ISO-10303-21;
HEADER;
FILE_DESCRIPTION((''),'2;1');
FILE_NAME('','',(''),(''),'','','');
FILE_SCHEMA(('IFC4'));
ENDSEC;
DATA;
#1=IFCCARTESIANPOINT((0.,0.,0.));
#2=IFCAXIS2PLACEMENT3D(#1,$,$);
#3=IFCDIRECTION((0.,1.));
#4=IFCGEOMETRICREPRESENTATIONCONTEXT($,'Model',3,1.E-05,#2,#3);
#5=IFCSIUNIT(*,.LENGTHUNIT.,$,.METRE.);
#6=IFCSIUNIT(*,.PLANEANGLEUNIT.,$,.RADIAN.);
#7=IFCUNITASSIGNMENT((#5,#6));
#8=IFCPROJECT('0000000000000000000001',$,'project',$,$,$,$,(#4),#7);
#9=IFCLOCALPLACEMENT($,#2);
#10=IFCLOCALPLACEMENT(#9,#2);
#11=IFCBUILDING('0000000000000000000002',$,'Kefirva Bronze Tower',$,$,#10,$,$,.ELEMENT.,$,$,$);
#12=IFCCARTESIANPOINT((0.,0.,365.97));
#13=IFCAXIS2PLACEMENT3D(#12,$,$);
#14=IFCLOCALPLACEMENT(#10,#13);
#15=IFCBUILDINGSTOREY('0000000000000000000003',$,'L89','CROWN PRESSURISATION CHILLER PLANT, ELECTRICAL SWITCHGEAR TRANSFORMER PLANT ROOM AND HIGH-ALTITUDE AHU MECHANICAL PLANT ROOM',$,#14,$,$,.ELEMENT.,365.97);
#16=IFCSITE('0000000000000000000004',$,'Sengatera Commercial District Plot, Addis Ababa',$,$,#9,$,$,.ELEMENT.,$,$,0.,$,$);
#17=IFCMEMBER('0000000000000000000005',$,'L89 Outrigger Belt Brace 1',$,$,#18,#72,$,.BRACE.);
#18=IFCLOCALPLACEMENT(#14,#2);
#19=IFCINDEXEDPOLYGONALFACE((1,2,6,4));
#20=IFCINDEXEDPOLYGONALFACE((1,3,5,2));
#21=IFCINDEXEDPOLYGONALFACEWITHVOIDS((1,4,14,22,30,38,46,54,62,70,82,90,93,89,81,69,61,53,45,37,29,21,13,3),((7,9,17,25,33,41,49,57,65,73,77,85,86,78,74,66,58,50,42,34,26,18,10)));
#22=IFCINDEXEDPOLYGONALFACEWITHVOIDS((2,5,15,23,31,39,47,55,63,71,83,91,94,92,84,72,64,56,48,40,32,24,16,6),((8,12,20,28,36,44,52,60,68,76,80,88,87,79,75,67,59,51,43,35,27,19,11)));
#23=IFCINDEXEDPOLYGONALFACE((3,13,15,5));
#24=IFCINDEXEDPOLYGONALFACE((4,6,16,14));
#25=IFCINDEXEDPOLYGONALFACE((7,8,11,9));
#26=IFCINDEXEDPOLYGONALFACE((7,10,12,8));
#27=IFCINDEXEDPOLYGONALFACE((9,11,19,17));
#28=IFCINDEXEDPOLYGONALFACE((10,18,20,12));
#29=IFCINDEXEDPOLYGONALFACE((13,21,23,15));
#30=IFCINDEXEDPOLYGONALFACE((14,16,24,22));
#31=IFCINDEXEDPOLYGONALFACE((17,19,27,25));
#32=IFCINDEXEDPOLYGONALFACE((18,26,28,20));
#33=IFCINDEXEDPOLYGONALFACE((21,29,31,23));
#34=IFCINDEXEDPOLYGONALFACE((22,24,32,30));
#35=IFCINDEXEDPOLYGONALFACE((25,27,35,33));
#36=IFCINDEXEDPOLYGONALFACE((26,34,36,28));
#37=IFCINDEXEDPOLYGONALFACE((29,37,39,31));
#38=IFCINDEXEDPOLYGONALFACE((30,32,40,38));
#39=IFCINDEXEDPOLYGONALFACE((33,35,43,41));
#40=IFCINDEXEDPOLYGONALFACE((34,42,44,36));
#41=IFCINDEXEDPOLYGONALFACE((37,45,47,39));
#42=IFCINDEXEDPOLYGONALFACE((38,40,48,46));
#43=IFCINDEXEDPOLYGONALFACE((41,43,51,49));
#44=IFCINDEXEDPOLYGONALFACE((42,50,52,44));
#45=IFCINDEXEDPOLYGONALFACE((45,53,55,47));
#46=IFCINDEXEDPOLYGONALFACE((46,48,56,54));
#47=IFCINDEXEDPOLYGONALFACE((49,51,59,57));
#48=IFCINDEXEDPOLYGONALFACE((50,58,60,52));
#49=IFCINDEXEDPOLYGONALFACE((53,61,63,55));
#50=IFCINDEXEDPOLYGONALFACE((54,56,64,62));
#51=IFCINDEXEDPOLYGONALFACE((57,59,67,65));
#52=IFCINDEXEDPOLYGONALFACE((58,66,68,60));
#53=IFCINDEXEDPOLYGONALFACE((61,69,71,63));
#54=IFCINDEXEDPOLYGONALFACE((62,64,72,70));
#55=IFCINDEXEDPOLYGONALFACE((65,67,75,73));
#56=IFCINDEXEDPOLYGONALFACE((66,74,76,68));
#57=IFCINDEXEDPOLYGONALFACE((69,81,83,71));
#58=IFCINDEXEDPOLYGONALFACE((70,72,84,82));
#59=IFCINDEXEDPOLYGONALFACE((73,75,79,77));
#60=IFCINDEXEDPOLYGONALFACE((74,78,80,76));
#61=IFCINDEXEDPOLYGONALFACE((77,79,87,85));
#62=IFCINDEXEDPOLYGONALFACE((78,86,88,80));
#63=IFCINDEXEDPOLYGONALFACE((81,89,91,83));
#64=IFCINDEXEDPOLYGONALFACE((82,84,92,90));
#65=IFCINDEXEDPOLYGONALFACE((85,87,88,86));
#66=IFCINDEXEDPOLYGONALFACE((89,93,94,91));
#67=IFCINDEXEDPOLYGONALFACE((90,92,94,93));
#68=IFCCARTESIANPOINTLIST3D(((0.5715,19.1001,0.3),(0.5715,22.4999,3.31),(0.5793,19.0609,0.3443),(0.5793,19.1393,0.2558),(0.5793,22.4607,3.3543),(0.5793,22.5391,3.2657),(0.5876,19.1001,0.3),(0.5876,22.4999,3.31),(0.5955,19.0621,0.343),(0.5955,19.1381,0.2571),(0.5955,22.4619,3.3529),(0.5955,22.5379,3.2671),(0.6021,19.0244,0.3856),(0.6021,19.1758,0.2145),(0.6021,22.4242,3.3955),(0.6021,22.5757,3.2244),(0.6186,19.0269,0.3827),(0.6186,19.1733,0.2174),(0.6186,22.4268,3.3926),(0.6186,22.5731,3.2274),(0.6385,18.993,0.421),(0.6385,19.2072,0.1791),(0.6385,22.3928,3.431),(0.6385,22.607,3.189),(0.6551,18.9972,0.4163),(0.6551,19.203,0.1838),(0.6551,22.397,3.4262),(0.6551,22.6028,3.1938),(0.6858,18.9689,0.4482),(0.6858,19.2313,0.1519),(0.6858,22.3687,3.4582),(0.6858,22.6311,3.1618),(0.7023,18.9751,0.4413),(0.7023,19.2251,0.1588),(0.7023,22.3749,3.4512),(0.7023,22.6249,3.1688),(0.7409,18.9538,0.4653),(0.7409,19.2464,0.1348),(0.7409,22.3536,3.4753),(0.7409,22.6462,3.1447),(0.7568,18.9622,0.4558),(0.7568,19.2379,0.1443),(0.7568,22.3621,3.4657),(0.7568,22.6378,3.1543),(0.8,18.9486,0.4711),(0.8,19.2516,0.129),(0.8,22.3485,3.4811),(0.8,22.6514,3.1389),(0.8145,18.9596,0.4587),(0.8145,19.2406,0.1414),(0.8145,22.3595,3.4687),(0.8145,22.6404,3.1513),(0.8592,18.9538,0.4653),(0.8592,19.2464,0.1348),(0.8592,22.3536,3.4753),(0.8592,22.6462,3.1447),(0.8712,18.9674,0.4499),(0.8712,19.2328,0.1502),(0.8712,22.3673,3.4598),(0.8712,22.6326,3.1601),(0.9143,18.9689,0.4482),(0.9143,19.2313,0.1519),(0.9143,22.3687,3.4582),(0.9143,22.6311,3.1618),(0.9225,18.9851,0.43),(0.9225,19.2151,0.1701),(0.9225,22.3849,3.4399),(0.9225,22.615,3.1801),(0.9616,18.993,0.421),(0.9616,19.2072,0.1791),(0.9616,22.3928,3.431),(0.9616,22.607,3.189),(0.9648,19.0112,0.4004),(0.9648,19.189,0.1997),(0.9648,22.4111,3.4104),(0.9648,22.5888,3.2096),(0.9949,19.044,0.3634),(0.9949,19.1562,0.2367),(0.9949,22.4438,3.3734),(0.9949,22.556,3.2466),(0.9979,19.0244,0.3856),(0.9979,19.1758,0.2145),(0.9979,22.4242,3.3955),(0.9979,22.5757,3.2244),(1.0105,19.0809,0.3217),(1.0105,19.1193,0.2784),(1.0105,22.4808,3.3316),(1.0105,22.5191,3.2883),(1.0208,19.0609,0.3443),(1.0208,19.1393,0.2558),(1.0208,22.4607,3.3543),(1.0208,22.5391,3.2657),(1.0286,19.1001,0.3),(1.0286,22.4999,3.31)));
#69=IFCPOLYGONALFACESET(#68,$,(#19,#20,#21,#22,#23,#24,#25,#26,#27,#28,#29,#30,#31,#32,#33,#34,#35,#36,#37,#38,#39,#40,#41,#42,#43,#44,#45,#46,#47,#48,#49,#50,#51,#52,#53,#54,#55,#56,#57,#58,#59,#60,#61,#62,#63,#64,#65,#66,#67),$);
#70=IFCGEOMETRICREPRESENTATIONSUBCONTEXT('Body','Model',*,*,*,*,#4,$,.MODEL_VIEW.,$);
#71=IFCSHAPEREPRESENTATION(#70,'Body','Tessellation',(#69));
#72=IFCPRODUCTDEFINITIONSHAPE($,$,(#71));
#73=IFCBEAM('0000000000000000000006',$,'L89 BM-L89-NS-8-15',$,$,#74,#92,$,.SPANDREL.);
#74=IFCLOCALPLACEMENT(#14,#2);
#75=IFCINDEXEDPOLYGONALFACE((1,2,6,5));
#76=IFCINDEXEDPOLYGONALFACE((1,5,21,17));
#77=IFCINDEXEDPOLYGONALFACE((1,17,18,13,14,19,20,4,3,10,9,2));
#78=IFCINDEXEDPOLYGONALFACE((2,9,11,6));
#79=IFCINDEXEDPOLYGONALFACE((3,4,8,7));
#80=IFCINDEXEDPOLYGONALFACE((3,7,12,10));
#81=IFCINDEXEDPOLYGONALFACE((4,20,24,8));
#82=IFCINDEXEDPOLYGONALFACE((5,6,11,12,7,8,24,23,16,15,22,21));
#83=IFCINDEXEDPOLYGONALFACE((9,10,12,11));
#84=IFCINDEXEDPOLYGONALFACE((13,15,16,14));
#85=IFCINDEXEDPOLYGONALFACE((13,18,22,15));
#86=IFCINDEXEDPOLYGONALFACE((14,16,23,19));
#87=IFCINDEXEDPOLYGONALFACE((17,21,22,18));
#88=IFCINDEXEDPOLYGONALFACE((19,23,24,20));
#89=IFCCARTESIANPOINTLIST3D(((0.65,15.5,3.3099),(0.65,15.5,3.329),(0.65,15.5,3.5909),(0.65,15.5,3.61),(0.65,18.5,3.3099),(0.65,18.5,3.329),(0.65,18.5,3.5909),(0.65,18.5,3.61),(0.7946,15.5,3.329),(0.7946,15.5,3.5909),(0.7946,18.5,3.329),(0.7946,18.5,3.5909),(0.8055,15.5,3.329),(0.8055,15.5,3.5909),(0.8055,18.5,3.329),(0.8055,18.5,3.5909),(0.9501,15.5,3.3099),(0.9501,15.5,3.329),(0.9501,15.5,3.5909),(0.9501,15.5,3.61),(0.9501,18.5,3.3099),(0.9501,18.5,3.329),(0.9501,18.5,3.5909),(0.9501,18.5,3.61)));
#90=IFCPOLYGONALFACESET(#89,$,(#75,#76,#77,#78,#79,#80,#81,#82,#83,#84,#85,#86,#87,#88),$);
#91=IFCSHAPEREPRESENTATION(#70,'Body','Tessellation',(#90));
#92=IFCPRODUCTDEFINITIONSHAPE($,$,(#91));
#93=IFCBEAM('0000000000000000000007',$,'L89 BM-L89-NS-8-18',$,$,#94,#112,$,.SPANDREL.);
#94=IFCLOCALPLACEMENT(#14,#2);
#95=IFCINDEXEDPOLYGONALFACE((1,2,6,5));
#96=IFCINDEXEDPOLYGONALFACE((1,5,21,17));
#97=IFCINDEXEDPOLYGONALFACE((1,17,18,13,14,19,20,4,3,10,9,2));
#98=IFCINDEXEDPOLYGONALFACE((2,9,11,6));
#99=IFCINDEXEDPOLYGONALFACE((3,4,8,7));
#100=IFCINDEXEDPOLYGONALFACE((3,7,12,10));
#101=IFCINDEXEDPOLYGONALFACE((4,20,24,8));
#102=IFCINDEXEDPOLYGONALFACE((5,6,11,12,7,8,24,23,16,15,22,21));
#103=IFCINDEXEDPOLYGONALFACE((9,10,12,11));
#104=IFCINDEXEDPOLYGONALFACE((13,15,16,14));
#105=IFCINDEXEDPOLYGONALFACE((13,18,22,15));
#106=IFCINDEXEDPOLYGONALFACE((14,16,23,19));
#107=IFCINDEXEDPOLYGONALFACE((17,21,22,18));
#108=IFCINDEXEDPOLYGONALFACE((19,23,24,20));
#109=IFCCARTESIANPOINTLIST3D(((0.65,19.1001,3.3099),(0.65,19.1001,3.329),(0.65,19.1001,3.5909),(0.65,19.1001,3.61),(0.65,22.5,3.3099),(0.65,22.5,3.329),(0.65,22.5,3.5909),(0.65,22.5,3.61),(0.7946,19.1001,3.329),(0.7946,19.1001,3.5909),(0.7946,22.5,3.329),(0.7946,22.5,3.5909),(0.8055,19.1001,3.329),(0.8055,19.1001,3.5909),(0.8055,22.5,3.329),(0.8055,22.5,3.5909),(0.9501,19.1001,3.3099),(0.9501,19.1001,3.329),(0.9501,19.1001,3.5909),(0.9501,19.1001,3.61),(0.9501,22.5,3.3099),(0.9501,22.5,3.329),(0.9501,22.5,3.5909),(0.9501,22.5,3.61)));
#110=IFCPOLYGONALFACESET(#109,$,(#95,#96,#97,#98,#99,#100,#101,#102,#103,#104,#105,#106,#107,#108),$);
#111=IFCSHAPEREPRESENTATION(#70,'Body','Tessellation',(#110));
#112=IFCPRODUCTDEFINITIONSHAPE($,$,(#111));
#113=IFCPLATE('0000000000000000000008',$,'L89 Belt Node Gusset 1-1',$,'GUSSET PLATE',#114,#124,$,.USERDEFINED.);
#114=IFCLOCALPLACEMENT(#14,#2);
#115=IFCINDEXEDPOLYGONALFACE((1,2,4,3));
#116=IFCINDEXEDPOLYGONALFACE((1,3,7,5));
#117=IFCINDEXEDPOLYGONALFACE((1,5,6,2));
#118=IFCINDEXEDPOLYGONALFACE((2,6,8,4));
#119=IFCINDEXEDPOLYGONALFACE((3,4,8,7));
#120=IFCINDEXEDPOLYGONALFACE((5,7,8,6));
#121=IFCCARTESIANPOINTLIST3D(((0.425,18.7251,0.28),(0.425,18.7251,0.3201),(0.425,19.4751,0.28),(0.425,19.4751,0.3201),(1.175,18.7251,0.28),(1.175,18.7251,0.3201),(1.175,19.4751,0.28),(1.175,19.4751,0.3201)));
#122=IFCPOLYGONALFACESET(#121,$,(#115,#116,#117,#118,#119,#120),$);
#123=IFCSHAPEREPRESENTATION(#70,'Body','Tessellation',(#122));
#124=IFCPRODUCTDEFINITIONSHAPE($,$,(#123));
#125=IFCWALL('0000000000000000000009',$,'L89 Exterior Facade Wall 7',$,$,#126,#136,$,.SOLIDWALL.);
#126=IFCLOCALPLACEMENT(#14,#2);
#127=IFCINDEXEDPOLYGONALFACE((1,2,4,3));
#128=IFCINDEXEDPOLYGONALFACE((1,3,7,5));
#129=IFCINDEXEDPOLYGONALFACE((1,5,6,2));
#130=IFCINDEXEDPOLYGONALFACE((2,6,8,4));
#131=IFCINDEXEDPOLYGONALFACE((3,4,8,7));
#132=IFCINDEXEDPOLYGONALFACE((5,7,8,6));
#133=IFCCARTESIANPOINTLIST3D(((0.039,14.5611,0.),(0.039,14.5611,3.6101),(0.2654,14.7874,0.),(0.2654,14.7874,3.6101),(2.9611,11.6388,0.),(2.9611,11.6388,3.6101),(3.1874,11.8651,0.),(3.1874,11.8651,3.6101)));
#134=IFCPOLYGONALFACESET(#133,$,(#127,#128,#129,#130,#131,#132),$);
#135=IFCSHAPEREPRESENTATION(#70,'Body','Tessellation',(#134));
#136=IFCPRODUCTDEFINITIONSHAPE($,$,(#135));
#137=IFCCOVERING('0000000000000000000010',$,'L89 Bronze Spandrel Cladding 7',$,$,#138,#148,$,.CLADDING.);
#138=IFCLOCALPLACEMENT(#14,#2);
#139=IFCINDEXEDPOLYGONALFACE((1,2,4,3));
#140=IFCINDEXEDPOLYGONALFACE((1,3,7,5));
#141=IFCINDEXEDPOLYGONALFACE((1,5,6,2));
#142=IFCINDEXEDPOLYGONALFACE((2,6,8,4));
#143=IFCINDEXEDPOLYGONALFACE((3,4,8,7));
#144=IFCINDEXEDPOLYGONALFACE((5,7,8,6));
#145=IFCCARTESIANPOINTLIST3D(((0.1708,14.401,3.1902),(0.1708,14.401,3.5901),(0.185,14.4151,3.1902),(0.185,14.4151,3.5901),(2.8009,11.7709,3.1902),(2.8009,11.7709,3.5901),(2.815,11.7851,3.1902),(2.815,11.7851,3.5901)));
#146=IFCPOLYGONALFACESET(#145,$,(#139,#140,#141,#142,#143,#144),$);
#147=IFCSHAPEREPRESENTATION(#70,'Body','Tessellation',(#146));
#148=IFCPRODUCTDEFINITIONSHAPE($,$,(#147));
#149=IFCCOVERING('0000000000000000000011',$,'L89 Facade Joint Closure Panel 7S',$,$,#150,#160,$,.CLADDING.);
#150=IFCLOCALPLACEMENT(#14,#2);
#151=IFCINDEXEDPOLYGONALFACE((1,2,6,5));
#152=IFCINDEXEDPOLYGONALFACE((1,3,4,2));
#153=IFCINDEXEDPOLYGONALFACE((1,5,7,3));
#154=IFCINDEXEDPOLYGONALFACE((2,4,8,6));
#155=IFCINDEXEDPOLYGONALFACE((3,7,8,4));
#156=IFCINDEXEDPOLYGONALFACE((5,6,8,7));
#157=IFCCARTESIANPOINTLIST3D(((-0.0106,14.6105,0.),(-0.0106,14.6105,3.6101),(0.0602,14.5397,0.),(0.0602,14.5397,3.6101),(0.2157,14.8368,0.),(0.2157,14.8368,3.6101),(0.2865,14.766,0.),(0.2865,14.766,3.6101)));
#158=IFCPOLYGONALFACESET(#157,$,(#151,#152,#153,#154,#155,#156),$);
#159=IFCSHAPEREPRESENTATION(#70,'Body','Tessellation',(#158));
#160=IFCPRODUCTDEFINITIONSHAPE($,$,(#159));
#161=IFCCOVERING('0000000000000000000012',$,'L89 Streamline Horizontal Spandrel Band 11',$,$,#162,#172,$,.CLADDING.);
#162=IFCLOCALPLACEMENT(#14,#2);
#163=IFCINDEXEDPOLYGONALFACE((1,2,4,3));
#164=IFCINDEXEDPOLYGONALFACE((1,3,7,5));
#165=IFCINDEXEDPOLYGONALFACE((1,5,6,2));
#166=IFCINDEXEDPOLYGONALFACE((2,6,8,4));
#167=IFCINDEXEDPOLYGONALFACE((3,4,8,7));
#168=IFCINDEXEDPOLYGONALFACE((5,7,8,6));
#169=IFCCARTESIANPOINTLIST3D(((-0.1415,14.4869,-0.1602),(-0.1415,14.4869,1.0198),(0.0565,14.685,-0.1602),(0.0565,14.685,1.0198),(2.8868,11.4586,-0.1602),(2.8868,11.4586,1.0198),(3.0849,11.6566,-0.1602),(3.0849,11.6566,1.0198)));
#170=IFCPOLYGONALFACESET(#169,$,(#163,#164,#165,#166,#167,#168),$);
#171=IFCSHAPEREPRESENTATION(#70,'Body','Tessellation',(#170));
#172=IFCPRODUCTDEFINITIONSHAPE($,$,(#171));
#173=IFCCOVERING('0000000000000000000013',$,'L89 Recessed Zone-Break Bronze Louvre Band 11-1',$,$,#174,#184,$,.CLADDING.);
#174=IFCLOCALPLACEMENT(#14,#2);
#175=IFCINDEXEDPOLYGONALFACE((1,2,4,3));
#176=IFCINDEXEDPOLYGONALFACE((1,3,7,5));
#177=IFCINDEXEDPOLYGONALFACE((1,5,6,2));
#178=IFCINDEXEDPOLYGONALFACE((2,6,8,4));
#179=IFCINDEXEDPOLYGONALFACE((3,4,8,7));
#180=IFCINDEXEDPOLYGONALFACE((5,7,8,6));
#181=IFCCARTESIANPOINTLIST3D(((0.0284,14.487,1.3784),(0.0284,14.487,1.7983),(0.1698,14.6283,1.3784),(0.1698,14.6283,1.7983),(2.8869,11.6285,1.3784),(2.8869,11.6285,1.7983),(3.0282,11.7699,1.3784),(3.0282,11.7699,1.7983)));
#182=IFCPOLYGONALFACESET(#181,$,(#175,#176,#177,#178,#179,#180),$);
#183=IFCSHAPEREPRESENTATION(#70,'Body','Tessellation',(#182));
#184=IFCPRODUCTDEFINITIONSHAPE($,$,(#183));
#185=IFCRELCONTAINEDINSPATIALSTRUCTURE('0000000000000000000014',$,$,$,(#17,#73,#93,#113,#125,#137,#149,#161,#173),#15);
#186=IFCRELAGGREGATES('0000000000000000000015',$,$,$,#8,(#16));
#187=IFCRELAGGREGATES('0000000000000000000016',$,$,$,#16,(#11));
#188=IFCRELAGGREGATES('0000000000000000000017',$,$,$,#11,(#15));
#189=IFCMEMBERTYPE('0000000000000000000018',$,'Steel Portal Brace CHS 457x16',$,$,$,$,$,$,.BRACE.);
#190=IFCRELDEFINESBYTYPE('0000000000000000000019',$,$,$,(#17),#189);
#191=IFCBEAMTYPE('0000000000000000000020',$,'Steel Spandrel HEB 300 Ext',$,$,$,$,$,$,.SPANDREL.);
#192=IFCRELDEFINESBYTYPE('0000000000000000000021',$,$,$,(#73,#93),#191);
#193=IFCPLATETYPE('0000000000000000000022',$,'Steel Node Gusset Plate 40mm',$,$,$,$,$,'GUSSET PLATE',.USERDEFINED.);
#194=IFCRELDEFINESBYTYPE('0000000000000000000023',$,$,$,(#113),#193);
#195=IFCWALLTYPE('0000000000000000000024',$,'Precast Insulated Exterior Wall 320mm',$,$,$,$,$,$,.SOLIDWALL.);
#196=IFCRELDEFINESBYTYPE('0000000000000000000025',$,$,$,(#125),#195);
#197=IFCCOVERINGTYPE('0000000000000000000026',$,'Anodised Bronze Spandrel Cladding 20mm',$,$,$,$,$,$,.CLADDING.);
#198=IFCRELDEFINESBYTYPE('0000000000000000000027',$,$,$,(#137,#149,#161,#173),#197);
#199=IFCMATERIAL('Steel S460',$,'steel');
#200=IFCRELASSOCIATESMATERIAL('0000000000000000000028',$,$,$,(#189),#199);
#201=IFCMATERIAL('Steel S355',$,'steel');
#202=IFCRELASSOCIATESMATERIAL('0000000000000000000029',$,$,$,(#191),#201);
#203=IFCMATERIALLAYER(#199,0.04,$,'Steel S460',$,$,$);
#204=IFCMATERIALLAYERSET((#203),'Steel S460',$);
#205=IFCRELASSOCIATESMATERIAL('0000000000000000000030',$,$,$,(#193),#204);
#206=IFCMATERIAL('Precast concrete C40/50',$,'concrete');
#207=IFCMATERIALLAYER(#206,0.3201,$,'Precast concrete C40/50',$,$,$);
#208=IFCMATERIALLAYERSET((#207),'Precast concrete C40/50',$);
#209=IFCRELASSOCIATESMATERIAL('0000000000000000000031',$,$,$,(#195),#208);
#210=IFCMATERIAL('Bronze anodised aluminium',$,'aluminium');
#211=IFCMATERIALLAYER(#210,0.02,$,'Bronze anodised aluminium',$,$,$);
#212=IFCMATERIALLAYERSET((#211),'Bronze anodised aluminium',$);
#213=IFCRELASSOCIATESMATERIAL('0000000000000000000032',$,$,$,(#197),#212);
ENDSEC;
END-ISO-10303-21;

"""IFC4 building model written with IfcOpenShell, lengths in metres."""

from ifc_helpers import new_model, si_unit, direction, frame, frame_2d, origin, origin_2d, place, context, subcontext, project, spatial, rectangle, hollow_circle, i_section, extrude, material, layer, layer_set, material_profile, profile_set, type_object, element, save


model = new_model("IFC4")

# Units and contexts
model_context = context("Model", 3, precision=1e-05, world=origin(), true_north=direction((0.0, 1.0)))
body_context = subcontext(model_context, "Body", "Model", "MODEL_VIEW")
ifc_project = project(units=[si_unit("LENGTHUNIT", "METRE"), si_unit("PLANEANGLEUNIT", "RADIAN")], contexts=[model_context])

# Site, building, storey
site_placement = place(None, origin())
site = spatial("IfcSite", under=ifc_project, at=site_placement, Name="Sengatera Commercial District Plot, Addis Ababa", CompositionType="ELEMENT", RefElevation=0.0)
building_placement = place(site_placement, origin())
building = spatial("IfcBuilding", under=site, at=building_placement, Name="Kefirva Bronze Tower", CompositionType="ELEMENT")
storey_placement = place(building_placement, frame((0.0, 0.0, 365.97)))
storey = spatial("IfcBuildingStorey", under=building, at=storey_placement, Name="L89", Description="CROWN PRESSURISATION CHILLER PLANT, ELECTRICAL SWITCHGEAR TRANSFORMER PLANT ROOM AND HIGH-ALTITUDE AHU MECHANICAL PLANT ROOM", CompositionType="ELEMENT", Elevation=365.97)

# Shared definitions
ifc_material_1 = material(Name="Bronze anodised aluminium", Category="aluminium")

# Shared definitions
ifc_material_2 = material(Name="Steel S355", Category="steel")

# Member
ifc_material_3 = material(Name="Steel S460", Category="steel")
ifc_material_profile_1 = material_profile(ifc_material_3, hollow_circle(Radius=0.2285, WallThickness=0.0161, at=origin_2d()), Name="CHS 457x16")
ifc_profile_set_1 = profile_set([ifc_material_profile_1], Name="Steel S460")
member_type_1 = type_object("IfcMemberType", Name="Steel Portal Brace CHS 457x16", PredefinedType="BRACE", material=ifc_profile_set_1)
member_1_placement = place(storey_placement, frame((0.8, 19.1001, 0.3), z_axis=(0.0, 0.748734, 0.662871), x_axis=(-1.0, 0.0, 0.0)))
element("IfcMember", 1, at=member_1_placement, inside=storey, type_object=member_type_1, Name="L89 Outrigger Belt Brace 1", PredefinedType="BRACE", context=body_context, shape_type="SweptSolid", body=[
    extrude(hollow_circle(Radius=0.2285, WallThickness=0.0161, at=origin_2d()), origin(), (0.0, 0.0, 1.0), 4.5408),
])

# Beams
ifc_material_profile_2 = material_profile(ifc_material_2, i_section(OverallWidth=0.3, OverallDepth=0.3, WebThickness=0.011, FlangeThickness=0.019, at=origin_2d()), Name="HEB 300")
ifc_profile_set_2 = profile_set([ifc_material_profile_2], Name="Steel S355")
beam_type_1 = type_object("IfcBeamType", Name="Steel Spandrel HEB 300 Ext", PredefinedType="SPANDREL", material=ifc_profile_set_2)
beam_1_placement = place(storey_placement, frame((0.8, 15.5, 3.46), z_axis=(0.0, 1.0, 0.0), x_axis=(-1.0, 0.0, 0.0)))
element("IfcBeam", 2, at=beam_1_placement, inside=storey, type_object=beam_type_1, Name="L89 BM-L89-NS-8-15", PredefinedType="SPANDREL", context=body_context, shape_type="SweptSolid", body=[
    extrude(i_section(OverallWidth=0.3, OverallDepth=0.3, WebThickness=0.011, FlangeThickness=0.019, at=origin_2d()), origin(), (0.0, 0.0, 1.0), 3.0),
])
beam_2_placement = place(storey_placement, frame((0.8, 19.1001, 3.46), z_axis=(0.0, 1.0, 0.0), x_axis=(-1.0, 0.0, 0.0)))
element("IfcBeam", 3, at=beam_2_placement, inside=storey, type_object=beam_type_1, Name="L89 BM-L89-NS-8-18", PredefinedType="SPANDREL", context=body_context, shape_type="SweptSolid", body=[
    extrude(i_section(OverallWidth=0.3, OverallDepth=0.3, WebThickness=0.011, FlangeThickness=0.019, at=origin_2d()), origin(), (0.0, 0.0, 1.0), 3.3999),
])

# Plate
ifc_layer_1 = layer(ifc_material_3, 0.04, Name="Steel S460")
ifc_layer_set_1 = layer_set([ifc_layer_1], Name="Steel S460")
plate_type = type_object("IfcPlateType", Name="Steel Node Gusset Plate 40mm", ElementType="GUSSET PLATE", PredefinedType="USERDEFINED", material=ifc_layer_set_1)
plate_placement = place(storey_placement, frame((0.8, 19.1001, 0.28), z_axis=(0.0, 0.0, 1.0), x_axis=(1.0, 0.0, 0.0)))
element("IfcPlate", 4, at=plate_placement, inside=storey, type_object=plate_type, Name="L89 Belt Node Gusset 1-1", ObjectType="GUSSET PLATE", PredefinedType="USERDEFINED", context=body_context, shape_type="SweptSolid", body=[
    extrude(rectangle(XDim=0.75, YDim=0.75, at=origin_2d()), origin(), (0.0, 0.0, 1.0), 0.04),
])

# Wall
ifc_material_4 = material(Name="Precast concrete C40/50", Category="concrete")
ifc_layer_2 = layer(ifc_material_4, 0.3201, Name="Precast concrete C40/50")
ifc_layer_set_2 = layer_set([ifc_layer_2], Name="Precast concrete C40/50")
wall_type = type_object("IfcWallType", Name="Precast Insulated Exterior Wall 320mm", PredefinedType="SOLIDWALL", material=ifc_layer_set_2)
wall_placement = place(storey_placement, frame((0.1521, 14.6743, 0.0), z_axis=(0.0, 0.0, 1.0), x_axis=(0.707077, -0.707136, 0.0)))
element("IfcWall", 5, at=wall_placement, inside=storey, type_object=wall_type, Name="L89 Exterior Facade Wall 7", PredefinedType="SOLIDWALL", context=body_context, shape_type="SweptSolid", body=[
    extrude(rectangle(XDim=4.1326, YDim=0.3201, at=frame_2d((2.0664, 0.0))), origin(), (0.0, 0.0, 1.0), 3.6101),
])

# Coverings
ifc_layer_3 = layer(ifc_material_1, 0.02, Name="Bronze anodised aluminium")
ifc_layer_set_3 = layer_set([ifc_layer_3], Name="Bronze anodised aluminium")
covering_type_1 = type_object("IfcCoveringType", Name="Anodised Bronze Spandrel Cladding 20mm", PredefinedType="CLADDING", material=ifc_layer_set_3)
covering_1_placement = place(storey_placement, frame((1.4929, 13.093, 3.1902), z_axis=(0.0, 0.0, 1.0), x_axis=(0.707107, -0.707107, 0.0)))
element("IfcCovering", 6, at=covering_1_placement, inside=storey, type_object=covering_type_1, Name="L89 Bronze Spandrel Cladding 7", PredefinedType="CLADDING", context=body_context, shape_type="SweptSolid", body=[
    extrude(rectangle(XDim=3.7195, YDim=0.02, at=origin_2d()), origin(), (0.0, 0.0, 1.0), 0.3999),
])
covering_2_placement = place(storey_placement, frame((0.1379, 14.6882, 0.0), z_axis=(0.0, 0.0, 1.0), x_axis=(0.707107, -0.707107, 0.0)))
element("IfcCovering", 7, at=covering_2_placement, inside=storey, type_object=covering_type_1, Name="L89 Facade Joint Closure Panel 7S", PredefinedType="CLADDING", context=body_context, shape_type="SweptSolid", body=[
    extrude(rectangle(XDim=0.1001, YDim=0.3201, at=origin_2d()), origin(), (0.0, 0.0, 1.0), 3.6101),
])
covering_3_placement = place(storey_placement, frame((1.4717, 13.0718, -0.1602), z_axis=(0.0, 0.0, 1.0), x_axis=(0.707107, -0.707107, 0.0)))
element("IfcCovering", 8, at=covering_3_placement, inside=storey, type_object=covering_type_1, Name="L89 Streamline Horizontal Spandrel Band 11", PredefinedType="CLADDING", context=body_context, shape_type="SweptSolid", body=[
    extrude(rectangle(XDim=4.2827, YDim=0.28, at=origin_2d()), origin(), (0.0, 0.0, 1.0), 1.1799),
])
for number, where, z_axis, x_axis, name in (
    (9, (1.5283, 13.1284, 1.3784), (0.0, 0.0, 1.0), (0.707107, -0.707107, 0.0), "L89 Recessed Zone-Break Bronze Louvre Band 11-1"),
):
    element("IfcCovering", number, at=place(storey_placement, frame(where, z_axis=z_axis, x_axis=x_axis)), inside=storey, type_object=covering_type_1, Name=name, PredefinedType="CLADDING", context=body_context, shape_type="SweptSolid", body=[
        extrude(rectangle(XDim=4.0425, YDim=0.2, at=origin_2d()), origin(), (0.0, 0.0, 1.0), 0.4199),
    ])

save(model, "model.ifc")
